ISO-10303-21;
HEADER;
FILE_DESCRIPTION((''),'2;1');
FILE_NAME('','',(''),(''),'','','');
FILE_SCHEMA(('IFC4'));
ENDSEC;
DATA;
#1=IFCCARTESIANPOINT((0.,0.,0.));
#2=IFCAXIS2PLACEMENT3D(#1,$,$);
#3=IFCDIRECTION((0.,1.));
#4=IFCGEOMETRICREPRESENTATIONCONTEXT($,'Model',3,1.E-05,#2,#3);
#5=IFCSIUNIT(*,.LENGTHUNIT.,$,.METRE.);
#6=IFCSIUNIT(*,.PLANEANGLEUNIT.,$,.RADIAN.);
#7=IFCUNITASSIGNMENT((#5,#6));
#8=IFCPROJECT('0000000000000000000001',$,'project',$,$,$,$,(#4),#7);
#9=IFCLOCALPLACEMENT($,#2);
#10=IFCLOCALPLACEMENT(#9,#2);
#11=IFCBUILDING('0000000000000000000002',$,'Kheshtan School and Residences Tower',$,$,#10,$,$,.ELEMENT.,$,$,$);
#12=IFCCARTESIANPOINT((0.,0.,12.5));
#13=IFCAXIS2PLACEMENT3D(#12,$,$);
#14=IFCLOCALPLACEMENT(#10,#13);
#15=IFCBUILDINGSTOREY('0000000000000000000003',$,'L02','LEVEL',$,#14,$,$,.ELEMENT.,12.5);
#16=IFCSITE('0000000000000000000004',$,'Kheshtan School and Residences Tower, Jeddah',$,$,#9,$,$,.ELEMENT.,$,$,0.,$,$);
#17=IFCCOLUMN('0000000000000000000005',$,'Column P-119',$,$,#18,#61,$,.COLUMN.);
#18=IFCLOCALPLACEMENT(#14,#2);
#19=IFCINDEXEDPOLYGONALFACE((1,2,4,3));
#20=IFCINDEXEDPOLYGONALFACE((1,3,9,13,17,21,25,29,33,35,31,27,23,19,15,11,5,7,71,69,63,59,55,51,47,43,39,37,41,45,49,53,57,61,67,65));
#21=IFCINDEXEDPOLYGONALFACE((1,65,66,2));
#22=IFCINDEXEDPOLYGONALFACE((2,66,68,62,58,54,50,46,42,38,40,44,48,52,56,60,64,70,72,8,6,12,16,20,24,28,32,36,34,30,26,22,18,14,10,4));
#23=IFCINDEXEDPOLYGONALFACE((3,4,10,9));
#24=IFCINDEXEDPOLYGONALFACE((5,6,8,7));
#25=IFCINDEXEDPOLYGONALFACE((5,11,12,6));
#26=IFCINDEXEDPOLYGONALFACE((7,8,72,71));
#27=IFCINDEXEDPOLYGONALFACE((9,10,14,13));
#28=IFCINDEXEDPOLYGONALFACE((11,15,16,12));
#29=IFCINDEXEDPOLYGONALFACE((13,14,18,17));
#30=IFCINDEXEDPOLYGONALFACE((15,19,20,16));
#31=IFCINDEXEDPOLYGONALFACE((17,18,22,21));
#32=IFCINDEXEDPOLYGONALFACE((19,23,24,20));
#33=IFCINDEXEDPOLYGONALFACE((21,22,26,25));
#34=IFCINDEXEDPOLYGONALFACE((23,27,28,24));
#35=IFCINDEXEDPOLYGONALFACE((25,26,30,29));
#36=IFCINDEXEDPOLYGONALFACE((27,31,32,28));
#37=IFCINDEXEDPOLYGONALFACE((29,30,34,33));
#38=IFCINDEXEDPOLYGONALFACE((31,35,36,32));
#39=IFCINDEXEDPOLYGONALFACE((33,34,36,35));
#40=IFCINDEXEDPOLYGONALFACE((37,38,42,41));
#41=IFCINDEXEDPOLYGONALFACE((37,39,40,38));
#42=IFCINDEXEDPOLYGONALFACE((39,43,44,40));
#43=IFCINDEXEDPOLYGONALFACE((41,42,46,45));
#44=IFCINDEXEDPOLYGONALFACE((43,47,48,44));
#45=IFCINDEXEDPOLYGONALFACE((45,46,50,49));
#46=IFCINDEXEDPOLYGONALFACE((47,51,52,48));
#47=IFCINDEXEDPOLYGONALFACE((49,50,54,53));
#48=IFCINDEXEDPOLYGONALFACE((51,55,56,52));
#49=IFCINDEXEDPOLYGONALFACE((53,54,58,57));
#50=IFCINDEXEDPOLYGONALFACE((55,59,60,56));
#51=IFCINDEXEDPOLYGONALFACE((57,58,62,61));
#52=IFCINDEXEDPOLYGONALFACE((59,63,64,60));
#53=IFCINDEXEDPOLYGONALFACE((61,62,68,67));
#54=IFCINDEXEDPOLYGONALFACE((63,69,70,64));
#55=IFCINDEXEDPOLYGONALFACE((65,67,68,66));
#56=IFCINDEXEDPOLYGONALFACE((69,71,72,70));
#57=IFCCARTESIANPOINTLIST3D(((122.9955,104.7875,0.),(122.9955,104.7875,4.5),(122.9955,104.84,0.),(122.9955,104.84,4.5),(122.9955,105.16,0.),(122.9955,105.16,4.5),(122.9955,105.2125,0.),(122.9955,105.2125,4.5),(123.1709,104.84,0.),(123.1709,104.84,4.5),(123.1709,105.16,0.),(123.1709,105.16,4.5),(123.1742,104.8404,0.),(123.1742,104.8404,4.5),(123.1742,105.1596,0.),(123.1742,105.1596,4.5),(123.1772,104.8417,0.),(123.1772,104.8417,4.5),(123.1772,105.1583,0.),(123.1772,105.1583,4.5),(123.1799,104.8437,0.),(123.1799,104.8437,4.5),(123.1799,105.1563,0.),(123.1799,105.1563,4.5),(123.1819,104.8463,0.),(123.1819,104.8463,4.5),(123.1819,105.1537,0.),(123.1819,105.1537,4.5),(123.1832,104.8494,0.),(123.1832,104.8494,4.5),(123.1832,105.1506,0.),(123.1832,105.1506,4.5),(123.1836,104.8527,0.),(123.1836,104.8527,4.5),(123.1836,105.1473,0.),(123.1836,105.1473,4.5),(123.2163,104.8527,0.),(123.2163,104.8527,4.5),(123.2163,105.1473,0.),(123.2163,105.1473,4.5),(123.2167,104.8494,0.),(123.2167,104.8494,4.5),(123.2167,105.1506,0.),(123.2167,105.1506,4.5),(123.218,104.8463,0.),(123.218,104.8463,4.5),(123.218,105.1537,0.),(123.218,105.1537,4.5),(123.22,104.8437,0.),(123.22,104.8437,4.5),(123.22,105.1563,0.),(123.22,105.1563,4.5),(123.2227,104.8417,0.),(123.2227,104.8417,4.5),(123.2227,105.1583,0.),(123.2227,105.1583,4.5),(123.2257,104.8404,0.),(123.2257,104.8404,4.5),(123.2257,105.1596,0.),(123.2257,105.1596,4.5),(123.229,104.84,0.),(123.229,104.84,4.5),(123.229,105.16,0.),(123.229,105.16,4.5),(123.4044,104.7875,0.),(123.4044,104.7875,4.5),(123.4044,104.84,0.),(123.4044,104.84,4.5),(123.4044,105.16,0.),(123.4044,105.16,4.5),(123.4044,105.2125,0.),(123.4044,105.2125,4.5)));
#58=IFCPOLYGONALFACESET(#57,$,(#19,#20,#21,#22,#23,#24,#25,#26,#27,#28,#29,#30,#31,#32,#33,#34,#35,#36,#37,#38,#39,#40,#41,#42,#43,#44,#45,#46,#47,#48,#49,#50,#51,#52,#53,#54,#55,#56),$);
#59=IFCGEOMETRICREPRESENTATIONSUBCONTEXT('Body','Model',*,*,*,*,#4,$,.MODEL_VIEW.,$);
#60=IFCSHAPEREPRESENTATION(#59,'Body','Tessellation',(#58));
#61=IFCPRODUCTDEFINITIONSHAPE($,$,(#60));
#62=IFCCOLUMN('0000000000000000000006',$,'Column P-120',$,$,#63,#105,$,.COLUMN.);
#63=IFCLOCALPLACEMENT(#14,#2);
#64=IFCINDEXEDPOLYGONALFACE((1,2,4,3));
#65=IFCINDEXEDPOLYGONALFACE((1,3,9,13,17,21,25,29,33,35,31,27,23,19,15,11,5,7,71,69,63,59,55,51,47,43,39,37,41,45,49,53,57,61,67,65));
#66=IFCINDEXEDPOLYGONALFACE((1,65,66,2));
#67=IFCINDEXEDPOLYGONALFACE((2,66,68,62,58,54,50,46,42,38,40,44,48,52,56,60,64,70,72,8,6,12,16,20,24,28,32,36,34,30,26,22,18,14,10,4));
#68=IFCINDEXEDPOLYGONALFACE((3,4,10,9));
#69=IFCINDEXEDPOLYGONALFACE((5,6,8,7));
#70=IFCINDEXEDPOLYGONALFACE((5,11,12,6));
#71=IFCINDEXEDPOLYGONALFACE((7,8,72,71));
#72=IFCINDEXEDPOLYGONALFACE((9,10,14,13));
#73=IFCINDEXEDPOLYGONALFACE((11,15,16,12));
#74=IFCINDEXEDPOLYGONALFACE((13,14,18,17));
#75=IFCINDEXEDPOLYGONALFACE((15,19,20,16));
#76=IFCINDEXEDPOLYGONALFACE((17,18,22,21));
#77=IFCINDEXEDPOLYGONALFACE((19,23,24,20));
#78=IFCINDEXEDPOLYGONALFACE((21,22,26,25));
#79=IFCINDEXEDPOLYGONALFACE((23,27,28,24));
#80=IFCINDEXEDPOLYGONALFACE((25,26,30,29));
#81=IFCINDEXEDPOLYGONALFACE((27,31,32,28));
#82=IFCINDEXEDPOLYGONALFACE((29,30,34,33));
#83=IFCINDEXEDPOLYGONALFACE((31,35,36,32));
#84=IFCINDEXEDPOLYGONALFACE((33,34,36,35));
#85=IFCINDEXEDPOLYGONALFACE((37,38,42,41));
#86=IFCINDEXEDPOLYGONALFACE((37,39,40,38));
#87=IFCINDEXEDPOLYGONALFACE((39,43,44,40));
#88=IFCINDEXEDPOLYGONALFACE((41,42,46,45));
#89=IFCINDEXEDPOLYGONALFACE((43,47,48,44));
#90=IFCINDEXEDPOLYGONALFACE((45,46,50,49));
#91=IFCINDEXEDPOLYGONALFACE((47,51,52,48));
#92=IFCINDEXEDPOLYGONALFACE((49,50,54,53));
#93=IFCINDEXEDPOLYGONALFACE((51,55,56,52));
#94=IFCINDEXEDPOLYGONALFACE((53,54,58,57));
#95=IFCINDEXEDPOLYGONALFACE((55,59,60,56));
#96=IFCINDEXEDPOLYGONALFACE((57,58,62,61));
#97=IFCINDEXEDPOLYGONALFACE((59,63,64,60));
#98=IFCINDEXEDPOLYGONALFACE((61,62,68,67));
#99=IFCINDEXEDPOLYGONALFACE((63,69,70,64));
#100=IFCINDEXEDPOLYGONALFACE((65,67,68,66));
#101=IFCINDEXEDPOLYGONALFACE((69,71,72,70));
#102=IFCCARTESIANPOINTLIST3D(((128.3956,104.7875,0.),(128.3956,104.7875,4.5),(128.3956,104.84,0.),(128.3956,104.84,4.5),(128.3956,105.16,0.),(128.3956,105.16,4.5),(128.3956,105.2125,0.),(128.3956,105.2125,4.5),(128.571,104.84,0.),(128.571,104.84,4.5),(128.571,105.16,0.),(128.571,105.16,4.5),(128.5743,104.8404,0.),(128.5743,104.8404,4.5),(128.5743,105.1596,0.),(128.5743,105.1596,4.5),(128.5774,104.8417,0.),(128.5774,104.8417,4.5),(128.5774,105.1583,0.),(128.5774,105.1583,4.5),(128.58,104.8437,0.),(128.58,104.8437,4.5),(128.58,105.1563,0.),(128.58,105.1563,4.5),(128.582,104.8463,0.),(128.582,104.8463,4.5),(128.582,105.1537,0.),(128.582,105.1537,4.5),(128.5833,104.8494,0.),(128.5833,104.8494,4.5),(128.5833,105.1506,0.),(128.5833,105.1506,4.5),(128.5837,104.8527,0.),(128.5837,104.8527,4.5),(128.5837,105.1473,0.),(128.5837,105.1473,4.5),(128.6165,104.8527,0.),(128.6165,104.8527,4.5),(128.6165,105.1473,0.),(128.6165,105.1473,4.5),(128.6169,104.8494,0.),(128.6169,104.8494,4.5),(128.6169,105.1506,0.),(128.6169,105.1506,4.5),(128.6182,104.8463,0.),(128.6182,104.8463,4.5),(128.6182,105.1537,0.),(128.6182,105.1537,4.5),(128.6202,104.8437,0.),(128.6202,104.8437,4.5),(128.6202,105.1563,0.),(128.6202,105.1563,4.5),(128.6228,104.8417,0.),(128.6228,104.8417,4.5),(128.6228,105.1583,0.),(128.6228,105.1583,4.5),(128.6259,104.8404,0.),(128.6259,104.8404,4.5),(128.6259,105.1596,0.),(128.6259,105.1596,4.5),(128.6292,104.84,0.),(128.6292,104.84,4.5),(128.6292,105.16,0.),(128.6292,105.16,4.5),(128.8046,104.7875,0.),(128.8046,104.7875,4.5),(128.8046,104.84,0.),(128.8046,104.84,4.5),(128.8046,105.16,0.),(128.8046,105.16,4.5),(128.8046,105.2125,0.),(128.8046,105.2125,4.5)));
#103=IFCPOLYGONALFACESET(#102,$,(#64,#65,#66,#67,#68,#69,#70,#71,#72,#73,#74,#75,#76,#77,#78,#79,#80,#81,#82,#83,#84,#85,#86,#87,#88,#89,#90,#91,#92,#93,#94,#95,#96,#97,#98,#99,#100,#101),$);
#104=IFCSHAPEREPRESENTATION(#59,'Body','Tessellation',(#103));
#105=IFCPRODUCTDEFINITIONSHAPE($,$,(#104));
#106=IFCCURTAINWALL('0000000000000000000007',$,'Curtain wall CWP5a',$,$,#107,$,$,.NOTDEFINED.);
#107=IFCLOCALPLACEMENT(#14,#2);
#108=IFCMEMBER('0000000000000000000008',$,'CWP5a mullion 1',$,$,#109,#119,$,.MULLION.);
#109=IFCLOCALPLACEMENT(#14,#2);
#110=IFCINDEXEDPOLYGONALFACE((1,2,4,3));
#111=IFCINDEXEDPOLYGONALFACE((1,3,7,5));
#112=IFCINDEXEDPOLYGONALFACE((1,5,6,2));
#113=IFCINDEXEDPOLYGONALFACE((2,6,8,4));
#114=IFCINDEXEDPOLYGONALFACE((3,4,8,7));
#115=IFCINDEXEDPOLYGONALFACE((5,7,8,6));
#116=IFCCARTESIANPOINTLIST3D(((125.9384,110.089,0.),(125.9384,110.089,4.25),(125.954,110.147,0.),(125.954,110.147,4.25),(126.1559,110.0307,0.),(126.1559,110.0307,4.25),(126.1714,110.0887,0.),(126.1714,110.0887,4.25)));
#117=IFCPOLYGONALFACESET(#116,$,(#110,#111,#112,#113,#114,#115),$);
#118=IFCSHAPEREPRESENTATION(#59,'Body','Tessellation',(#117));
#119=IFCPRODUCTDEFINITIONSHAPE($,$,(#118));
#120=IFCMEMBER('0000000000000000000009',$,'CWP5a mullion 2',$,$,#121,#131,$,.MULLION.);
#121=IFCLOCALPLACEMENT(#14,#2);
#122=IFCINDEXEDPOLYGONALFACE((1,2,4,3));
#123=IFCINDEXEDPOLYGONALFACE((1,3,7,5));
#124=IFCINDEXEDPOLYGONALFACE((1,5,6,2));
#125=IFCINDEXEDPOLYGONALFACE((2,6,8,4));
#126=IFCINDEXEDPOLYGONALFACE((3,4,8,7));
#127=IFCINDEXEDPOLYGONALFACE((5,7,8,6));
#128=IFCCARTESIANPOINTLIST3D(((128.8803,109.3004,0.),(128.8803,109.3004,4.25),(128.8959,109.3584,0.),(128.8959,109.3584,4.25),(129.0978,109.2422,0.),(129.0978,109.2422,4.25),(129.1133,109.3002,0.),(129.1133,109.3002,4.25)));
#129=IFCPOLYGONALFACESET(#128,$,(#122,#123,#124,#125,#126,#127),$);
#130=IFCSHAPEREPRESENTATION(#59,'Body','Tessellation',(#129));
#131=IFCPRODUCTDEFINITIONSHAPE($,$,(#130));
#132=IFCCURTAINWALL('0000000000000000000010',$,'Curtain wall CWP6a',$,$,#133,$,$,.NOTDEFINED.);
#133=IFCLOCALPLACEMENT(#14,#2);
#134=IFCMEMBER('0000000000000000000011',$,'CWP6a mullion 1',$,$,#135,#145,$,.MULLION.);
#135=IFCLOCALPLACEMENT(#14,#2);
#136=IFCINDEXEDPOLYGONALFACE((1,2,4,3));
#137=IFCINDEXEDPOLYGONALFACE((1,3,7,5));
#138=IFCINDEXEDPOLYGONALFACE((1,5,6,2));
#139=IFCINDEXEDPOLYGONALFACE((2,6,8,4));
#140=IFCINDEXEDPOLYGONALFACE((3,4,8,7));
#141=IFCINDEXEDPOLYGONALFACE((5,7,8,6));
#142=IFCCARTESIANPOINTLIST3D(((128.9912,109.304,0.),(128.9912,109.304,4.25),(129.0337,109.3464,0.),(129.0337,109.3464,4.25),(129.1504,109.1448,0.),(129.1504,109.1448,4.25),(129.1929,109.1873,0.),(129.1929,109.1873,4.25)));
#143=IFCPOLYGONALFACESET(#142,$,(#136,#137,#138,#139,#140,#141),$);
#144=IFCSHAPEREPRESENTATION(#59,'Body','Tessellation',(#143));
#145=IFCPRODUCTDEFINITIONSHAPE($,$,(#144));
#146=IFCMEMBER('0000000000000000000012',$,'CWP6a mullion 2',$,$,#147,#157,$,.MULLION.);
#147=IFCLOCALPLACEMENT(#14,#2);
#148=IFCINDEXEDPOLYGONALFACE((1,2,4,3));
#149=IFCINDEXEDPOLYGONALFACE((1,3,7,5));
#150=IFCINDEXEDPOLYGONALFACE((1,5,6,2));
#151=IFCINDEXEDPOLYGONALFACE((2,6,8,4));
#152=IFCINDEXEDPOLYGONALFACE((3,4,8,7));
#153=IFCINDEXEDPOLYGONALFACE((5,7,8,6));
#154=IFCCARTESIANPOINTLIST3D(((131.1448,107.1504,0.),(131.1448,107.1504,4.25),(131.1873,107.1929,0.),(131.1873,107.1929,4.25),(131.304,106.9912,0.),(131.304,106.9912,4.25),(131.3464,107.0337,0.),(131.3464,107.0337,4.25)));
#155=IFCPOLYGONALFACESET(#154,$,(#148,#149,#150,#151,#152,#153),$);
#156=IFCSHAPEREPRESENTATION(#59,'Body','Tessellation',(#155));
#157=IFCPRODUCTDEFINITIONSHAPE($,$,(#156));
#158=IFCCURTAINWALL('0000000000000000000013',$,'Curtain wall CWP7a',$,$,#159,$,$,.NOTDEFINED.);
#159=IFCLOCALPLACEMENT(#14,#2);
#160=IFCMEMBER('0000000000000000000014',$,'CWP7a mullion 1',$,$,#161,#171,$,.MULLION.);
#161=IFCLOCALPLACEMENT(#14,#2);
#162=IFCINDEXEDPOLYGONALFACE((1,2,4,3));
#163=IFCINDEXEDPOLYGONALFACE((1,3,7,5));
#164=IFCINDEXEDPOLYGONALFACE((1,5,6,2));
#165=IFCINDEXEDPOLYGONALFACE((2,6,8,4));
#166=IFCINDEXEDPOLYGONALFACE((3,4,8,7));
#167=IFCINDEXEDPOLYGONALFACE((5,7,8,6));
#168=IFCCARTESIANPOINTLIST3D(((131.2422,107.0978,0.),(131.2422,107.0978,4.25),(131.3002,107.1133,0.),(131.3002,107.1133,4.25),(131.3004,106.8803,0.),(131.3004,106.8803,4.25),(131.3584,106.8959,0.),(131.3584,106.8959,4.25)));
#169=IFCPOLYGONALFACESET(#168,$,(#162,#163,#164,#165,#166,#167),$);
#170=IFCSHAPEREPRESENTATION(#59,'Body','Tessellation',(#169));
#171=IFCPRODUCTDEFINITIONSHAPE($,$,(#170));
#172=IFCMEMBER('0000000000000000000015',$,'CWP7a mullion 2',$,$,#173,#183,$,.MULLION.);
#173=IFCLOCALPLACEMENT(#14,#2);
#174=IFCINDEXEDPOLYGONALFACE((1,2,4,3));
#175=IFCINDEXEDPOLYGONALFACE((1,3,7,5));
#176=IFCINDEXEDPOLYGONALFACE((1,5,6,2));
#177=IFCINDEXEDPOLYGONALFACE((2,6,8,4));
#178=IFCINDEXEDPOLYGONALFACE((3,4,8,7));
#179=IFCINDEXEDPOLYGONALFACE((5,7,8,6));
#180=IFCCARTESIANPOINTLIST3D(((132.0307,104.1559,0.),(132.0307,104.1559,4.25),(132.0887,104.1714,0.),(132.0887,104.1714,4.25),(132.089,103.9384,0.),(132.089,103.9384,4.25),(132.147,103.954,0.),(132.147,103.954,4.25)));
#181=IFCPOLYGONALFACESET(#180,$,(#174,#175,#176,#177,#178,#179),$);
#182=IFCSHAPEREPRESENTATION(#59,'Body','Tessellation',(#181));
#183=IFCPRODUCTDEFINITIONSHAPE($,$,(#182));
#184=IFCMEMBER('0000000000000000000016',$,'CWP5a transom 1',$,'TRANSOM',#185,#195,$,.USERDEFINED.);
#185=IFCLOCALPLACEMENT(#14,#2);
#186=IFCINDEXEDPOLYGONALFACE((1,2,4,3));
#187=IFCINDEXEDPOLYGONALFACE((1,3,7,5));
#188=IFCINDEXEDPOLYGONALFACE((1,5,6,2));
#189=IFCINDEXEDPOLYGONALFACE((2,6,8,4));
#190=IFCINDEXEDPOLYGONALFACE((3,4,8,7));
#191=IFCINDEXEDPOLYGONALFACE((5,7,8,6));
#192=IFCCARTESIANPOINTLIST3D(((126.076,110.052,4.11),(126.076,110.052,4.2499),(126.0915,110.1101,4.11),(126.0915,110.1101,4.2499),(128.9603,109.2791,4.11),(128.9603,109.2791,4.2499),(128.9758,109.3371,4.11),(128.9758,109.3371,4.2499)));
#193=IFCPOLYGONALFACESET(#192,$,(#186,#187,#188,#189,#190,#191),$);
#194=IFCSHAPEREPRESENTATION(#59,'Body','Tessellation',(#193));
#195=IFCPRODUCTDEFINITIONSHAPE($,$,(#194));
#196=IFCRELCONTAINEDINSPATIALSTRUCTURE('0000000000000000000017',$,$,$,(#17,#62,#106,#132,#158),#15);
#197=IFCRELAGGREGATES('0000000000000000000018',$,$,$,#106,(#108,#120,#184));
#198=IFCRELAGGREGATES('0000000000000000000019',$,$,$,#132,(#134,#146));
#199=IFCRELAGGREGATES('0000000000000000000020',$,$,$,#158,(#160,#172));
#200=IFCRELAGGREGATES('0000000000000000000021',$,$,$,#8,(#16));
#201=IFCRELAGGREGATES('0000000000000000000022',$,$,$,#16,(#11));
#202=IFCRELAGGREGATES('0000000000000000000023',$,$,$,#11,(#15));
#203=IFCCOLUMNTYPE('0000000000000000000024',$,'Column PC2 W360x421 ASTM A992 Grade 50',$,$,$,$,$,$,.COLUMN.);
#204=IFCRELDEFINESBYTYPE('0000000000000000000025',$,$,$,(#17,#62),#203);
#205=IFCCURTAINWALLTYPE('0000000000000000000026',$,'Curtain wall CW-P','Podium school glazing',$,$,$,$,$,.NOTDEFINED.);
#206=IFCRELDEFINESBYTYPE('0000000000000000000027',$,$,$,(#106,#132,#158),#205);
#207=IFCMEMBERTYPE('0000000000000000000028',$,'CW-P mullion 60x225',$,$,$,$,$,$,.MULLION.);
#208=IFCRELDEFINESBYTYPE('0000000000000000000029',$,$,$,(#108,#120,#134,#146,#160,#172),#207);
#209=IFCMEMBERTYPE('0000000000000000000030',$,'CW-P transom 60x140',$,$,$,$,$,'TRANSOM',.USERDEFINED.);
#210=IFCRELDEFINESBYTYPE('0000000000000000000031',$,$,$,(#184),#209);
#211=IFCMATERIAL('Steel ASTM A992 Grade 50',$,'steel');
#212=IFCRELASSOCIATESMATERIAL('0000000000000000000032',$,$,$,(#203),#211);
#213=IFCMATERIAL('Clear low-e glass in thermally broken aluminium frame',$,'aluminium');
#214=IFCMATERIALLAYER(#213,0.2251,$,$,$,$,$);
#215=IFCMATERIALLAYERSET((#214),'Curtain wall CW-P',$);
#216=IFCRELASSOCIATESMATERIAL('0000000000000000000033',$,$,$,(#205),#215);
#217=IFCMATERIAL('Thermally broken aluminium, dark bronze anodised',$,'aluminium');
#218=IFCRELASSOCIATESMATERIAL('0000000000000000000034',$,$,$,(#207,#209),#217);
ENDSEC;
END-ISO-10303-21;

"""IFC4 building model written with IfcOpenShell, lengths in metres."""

from ifc_helpers import new_model, si_unit, direction, frame, origin, origin_2d, place, context, subcontext, project, spatial, rectangle, i_section, extrude, material, layer, layer_set, material_profile, profile_set, type_object, element, aggregate, save


model = new_model("IFC4")

# Units and contexts
model_context = context("Model", 3, precision=1e-05, world=origin(), true_north=direction((0.0, 1.0)))
body_context = subcontext(model_context, "Body", "Model", "MODEL_VIEW")
ifc_project = project(units=[si_unit("LENGTHUNIT", "METRE"), si_unit("PLANEANGLEUNIT", "RADIAN")], contexts=[model_context])

# Site, building, storey
site_placement = place(None, origin())
site = spatial("IfcSite", under=ifc_project, at=site_placement, Name="Kheshtan School and Residences Tower, Jeddah", CompositionType="ELEMENT", RefElevation=0.0)
building_placement = place(site_placement, origin())
building = spatial("IfcBuilding", under=site, at=building_placement, Name="Kheshtan School and Residences Tower", CompositionType="ELEMENT")
storey_placement = place(building_placement, frame((0.0, 0.0, 12.5)))
storey = spatial("IfcBuildingStorey", under=building, at=storey_placement, Name="L02", Description="LEVEL", CompositionType="ELEMENT", Elevation=12.5)

# Columns
ifc_material_1 = material(Name="Steel ASTM A992 Grade 50", Category="steel")
ifc_material_profile_1 = material_profile(ifc_material_1, i_section(OverallWidth=0.4089, OverallDepth=0.425, WebThickness=0.0327, FlangeThickness=0.0525, FilletRadius=0.0127, at=origin_2d()), Name="W360x421")
ifc_profile_set_1 = profile_set([ifc_material_profile_1], Name="Steel ASTM A992 Grade 50")
column_type = type_object("IfcColumnType", Name="Column PC2 W360x421 ASTM A992 Grade 50", PredefinedType="COLUMN", material=ifc_profile_set_1)
for number, where, z_axis, x_axis, name in (
    (1, (123.2, 105.0, 0.0), (0.0, 0.0, 1.0), (1.0, 0.0, 0.0), "Column P-119"),
    (2, (128.6001, 105.0, 0.0), (0.0, 0.0, 1.0), (1.0, 0.0, 0.0), "Column P-120"),
):
    element("IfcColumn", number, at=place(storey_placement, frame(where, z_axis=z_axis, x_axis=x_axis)), inside=storey, type_object=column_type, Name=name, PredefinedType="COLUMN", context=body_context, shape_type="SweptSolid", body=[
        extrude(i_section(OverallWidth=0.4089, OverallDepth=0.425, WebThickness=0.0327, FlangeThickness=0.0525, FilletRadius=0.0127, at=origin_2d()), origin(), (0.0, 0.0, 1.0), 4.5),
    ])

# Curtain walls, members
ifc_material_2 = material(Name="Clear low-e glass in thermally broken aluminium frame", Category="aluminium")
ifc_layer_1 = layer(ifc_material_2, 0.2251)
ifc_layer_set_1 = layer_set([ifc_layer_1], Name="Curtain wall CW-P")
curtain_wall_type = type_object("IfcCurtainWallType", Name="Curtain wall CW-P", Description="Podium school glazing", PredefinedType="NOTDEFINED", material=ifc_layer_set_1)
curtain_wall_1_placement = place(storey_placement, origin())
curtain_wall_1 = element("IfcCurtainWall", 3, at=curtain_wall_1_placement, inside=storey, type_object=curtain_wall_type, Name="Curtain wall CWP5a", PredefinedType="NOTDEFINED")
ifc_material_3 = material(Name="Thermally broken aluminium, dark bronze anodised", Category="aluminium")
ifc_material_profile_2 = material_profile(ifc_material_3, rectangle(XDim=0.0601, YDim=0.2251, at=origin_2d()), Name="CW-P mullion 60x225")
ifc_profile_set_2 = profile_set([ifc_material_profile_2], Name="Thermally broken aluminium, dark bronze anodised")
member_type_1 = type_object("IfcMemberType", Name="CW-P mullion 60x225", PredefinedType="MULLION", material=ifc_profile_set_2)
member_1_placement = place(storey_placement, frame((126.0549, 110.0889, 0.0), z_axis=(0.0, 0.0, 1.0), x_axis=(0.258865, 0.965914, 0.0)))
member_1 = element("IfcMember", 4, at=member_1_placement, type_object=member_type_1, Name="CWP5a mullion 1", PredefinedType="MULLION", context=body_context, shape_type="SweptSolid", body=[
    extrude(rectangle(XDim=0.0601, YDim=0.2251, at=origin_2d()), origin(), (0.0, 0.0, 1.0), 4.25),
])
member_2_placement = place(storey_placement, frame((128.9968, 109.3003, 0.0), z_axis=(0.0, 0.0, 1.0), x_axis=(0.258865, 0.965914, 0.0)))
member_2 = element("IfcMember", 5, at=member_2_placement, type_object=member_type_1, Name="CWP5a mullion 2", PredefinedType="MULLION", context=body_context, shape_type="SweptSolid", body=[
    extrude(rectangle(XDim=0.0601, YDim=0.2251, at=origin_2d()), origin(), (0.0, 0.0, 1.0), 4.25),
])
curtain_wall_2_placement = place(storey_placement, origin())
curtain_wall_2 = element("IfcCurtainWall", 6, at=curtain_wall_2_placement, inside=storey, type_object=curtain_wall_type, Name="Curtain wall CWP6a", PredefinedType="NOTDEFINED")
member_3_placement = place(storey_placement, frame((129.092, 109.2456, 0.0), z_axis=(0.0, 0.0, 1.0), x_axis=(0.707107, 0.707107, 0.0)))
member_3 = element("IfcMember", 7, at=member_3_placement, type_object=member_type_1, Name="CWP6a mullion 1", PredefinedType="MULLION", context=body_context, shape_type="SweptSolid", body=[
    extrude(rectangle(XDim=0.0601, YDim=0.2251, at=origin_2d()), origin(), (0.0, 0.0, 1.0), 4.25),
])
member_4_placement = place(storey_placement, frame((131.2456, 107.092, 0.0), z_axis=(0.0, 0.0, 1.0), x_axis=(0.707107, 0.707107, 0.0)))
member_4 = element("IfcMember", 8, at=member_4_placement, type_object=member_type_1, Name="CWP6a mullion 2", PredefinedType="MULLION", context=body_context, shape_type="SweptSolid", body=[
    extrude(rectangle(XDim=0.0601, YDim=0.2251, at=origin_2d()), origin(), (0.0, 0.0, 1.0), 4.25),
])
curtain_wall_3_placement = place(storey_placement, origin())
curtain_wall_3 = element("IfcCurtainWall", 9, at=curtain_wall_3_placement, inside=storey, type_object=curtain_wall_type, Name="Curtain wall CWP7a", PredefinedType="NOTDEFINED")
member_5_placement = place(storey_placement, frame((131.3003, 106.9968, 0.0), z_axis=(0.0, 0.0, 1.0), x_axis=(0.965914, 0.258865, 0.0)))
member_5 = element("IfcMember", 10, at=member_5_placement, type_object=member_type_1, Name="CWP7a mullion 1", PredefinedType="MULLION", context=body_context, shape_type="SweptSolid", body=[
    extrude(rectangle(XDim=0.0601, YDim=0.2251, at=origin_2d()), origin(), (0.0, 0.0, 1.0), 4.25),
])
member_6_placement = place(storey_placement, frame((132.0889, 104.0549, 0.0), z_axis=(0.0, 0.0, 1.0), x_axis=(0.965914, 0.258865, 0.0)))
member_6 = element("IfcMember", 11, at=member_6_placement, type_object=member_type_1, Name="CWP7a mullion 2", PredefinedType="MULLION", context=body_context, shape_type="SweptSolid", body=[
    extrude(rectangle(XDim=0.0601, YDim=0.2251, at=origin_2d()), origin(), (0.0, 0.0, 1.0), 4.25),
])

# Member
ifc_material_profile_3 = material_profile(ifc_material_3, rectangle(XDim=0.0601, YDim=0.1399, at=origin_2d()), Name="CW-P transom 60x140")
ifc_profile_set_3 = profile_set([ifc_material_profile_3], Name="Thermally broken aluminium, dark bronze anodised")
member_type_2 = type_object("IfcMemberType", Name="CW-P transom 60x140", ElementType="TRANSOM", PredefinedType="USERDEFINED", material=ifc_profile_set_3)
member_7_placement = place(storey_placement, frame((126.0837, 110.0811, 4.1799), z_axis=(0.965917, -0.258853, 0.0), x_axis=(0.258853, 0.965917, 0.0)))
member_7 = element("IfcMember", 12, at=member_7_placement, type_object=member_type_2, Name="CWP5a transom 1", ObjectType="TRANSOM", PredefinedType="USERDEFINED", context=body_context, shape_type="SweptSolid", body=[
    extrude(rectangle(XDim=0.0601, YDim=0.1399, at=origin_2d()), origin(), (0.0, 0.0, 1.0), 2.9861),
])

aggregate(curtain_wall_1, [member_1, member_2, member_7])
aggregate(curtain_wall_2, [member_3, member_4])
aggregate(curtain_wall_3, [member_5, member_6])

save(model, "model.ifc")
